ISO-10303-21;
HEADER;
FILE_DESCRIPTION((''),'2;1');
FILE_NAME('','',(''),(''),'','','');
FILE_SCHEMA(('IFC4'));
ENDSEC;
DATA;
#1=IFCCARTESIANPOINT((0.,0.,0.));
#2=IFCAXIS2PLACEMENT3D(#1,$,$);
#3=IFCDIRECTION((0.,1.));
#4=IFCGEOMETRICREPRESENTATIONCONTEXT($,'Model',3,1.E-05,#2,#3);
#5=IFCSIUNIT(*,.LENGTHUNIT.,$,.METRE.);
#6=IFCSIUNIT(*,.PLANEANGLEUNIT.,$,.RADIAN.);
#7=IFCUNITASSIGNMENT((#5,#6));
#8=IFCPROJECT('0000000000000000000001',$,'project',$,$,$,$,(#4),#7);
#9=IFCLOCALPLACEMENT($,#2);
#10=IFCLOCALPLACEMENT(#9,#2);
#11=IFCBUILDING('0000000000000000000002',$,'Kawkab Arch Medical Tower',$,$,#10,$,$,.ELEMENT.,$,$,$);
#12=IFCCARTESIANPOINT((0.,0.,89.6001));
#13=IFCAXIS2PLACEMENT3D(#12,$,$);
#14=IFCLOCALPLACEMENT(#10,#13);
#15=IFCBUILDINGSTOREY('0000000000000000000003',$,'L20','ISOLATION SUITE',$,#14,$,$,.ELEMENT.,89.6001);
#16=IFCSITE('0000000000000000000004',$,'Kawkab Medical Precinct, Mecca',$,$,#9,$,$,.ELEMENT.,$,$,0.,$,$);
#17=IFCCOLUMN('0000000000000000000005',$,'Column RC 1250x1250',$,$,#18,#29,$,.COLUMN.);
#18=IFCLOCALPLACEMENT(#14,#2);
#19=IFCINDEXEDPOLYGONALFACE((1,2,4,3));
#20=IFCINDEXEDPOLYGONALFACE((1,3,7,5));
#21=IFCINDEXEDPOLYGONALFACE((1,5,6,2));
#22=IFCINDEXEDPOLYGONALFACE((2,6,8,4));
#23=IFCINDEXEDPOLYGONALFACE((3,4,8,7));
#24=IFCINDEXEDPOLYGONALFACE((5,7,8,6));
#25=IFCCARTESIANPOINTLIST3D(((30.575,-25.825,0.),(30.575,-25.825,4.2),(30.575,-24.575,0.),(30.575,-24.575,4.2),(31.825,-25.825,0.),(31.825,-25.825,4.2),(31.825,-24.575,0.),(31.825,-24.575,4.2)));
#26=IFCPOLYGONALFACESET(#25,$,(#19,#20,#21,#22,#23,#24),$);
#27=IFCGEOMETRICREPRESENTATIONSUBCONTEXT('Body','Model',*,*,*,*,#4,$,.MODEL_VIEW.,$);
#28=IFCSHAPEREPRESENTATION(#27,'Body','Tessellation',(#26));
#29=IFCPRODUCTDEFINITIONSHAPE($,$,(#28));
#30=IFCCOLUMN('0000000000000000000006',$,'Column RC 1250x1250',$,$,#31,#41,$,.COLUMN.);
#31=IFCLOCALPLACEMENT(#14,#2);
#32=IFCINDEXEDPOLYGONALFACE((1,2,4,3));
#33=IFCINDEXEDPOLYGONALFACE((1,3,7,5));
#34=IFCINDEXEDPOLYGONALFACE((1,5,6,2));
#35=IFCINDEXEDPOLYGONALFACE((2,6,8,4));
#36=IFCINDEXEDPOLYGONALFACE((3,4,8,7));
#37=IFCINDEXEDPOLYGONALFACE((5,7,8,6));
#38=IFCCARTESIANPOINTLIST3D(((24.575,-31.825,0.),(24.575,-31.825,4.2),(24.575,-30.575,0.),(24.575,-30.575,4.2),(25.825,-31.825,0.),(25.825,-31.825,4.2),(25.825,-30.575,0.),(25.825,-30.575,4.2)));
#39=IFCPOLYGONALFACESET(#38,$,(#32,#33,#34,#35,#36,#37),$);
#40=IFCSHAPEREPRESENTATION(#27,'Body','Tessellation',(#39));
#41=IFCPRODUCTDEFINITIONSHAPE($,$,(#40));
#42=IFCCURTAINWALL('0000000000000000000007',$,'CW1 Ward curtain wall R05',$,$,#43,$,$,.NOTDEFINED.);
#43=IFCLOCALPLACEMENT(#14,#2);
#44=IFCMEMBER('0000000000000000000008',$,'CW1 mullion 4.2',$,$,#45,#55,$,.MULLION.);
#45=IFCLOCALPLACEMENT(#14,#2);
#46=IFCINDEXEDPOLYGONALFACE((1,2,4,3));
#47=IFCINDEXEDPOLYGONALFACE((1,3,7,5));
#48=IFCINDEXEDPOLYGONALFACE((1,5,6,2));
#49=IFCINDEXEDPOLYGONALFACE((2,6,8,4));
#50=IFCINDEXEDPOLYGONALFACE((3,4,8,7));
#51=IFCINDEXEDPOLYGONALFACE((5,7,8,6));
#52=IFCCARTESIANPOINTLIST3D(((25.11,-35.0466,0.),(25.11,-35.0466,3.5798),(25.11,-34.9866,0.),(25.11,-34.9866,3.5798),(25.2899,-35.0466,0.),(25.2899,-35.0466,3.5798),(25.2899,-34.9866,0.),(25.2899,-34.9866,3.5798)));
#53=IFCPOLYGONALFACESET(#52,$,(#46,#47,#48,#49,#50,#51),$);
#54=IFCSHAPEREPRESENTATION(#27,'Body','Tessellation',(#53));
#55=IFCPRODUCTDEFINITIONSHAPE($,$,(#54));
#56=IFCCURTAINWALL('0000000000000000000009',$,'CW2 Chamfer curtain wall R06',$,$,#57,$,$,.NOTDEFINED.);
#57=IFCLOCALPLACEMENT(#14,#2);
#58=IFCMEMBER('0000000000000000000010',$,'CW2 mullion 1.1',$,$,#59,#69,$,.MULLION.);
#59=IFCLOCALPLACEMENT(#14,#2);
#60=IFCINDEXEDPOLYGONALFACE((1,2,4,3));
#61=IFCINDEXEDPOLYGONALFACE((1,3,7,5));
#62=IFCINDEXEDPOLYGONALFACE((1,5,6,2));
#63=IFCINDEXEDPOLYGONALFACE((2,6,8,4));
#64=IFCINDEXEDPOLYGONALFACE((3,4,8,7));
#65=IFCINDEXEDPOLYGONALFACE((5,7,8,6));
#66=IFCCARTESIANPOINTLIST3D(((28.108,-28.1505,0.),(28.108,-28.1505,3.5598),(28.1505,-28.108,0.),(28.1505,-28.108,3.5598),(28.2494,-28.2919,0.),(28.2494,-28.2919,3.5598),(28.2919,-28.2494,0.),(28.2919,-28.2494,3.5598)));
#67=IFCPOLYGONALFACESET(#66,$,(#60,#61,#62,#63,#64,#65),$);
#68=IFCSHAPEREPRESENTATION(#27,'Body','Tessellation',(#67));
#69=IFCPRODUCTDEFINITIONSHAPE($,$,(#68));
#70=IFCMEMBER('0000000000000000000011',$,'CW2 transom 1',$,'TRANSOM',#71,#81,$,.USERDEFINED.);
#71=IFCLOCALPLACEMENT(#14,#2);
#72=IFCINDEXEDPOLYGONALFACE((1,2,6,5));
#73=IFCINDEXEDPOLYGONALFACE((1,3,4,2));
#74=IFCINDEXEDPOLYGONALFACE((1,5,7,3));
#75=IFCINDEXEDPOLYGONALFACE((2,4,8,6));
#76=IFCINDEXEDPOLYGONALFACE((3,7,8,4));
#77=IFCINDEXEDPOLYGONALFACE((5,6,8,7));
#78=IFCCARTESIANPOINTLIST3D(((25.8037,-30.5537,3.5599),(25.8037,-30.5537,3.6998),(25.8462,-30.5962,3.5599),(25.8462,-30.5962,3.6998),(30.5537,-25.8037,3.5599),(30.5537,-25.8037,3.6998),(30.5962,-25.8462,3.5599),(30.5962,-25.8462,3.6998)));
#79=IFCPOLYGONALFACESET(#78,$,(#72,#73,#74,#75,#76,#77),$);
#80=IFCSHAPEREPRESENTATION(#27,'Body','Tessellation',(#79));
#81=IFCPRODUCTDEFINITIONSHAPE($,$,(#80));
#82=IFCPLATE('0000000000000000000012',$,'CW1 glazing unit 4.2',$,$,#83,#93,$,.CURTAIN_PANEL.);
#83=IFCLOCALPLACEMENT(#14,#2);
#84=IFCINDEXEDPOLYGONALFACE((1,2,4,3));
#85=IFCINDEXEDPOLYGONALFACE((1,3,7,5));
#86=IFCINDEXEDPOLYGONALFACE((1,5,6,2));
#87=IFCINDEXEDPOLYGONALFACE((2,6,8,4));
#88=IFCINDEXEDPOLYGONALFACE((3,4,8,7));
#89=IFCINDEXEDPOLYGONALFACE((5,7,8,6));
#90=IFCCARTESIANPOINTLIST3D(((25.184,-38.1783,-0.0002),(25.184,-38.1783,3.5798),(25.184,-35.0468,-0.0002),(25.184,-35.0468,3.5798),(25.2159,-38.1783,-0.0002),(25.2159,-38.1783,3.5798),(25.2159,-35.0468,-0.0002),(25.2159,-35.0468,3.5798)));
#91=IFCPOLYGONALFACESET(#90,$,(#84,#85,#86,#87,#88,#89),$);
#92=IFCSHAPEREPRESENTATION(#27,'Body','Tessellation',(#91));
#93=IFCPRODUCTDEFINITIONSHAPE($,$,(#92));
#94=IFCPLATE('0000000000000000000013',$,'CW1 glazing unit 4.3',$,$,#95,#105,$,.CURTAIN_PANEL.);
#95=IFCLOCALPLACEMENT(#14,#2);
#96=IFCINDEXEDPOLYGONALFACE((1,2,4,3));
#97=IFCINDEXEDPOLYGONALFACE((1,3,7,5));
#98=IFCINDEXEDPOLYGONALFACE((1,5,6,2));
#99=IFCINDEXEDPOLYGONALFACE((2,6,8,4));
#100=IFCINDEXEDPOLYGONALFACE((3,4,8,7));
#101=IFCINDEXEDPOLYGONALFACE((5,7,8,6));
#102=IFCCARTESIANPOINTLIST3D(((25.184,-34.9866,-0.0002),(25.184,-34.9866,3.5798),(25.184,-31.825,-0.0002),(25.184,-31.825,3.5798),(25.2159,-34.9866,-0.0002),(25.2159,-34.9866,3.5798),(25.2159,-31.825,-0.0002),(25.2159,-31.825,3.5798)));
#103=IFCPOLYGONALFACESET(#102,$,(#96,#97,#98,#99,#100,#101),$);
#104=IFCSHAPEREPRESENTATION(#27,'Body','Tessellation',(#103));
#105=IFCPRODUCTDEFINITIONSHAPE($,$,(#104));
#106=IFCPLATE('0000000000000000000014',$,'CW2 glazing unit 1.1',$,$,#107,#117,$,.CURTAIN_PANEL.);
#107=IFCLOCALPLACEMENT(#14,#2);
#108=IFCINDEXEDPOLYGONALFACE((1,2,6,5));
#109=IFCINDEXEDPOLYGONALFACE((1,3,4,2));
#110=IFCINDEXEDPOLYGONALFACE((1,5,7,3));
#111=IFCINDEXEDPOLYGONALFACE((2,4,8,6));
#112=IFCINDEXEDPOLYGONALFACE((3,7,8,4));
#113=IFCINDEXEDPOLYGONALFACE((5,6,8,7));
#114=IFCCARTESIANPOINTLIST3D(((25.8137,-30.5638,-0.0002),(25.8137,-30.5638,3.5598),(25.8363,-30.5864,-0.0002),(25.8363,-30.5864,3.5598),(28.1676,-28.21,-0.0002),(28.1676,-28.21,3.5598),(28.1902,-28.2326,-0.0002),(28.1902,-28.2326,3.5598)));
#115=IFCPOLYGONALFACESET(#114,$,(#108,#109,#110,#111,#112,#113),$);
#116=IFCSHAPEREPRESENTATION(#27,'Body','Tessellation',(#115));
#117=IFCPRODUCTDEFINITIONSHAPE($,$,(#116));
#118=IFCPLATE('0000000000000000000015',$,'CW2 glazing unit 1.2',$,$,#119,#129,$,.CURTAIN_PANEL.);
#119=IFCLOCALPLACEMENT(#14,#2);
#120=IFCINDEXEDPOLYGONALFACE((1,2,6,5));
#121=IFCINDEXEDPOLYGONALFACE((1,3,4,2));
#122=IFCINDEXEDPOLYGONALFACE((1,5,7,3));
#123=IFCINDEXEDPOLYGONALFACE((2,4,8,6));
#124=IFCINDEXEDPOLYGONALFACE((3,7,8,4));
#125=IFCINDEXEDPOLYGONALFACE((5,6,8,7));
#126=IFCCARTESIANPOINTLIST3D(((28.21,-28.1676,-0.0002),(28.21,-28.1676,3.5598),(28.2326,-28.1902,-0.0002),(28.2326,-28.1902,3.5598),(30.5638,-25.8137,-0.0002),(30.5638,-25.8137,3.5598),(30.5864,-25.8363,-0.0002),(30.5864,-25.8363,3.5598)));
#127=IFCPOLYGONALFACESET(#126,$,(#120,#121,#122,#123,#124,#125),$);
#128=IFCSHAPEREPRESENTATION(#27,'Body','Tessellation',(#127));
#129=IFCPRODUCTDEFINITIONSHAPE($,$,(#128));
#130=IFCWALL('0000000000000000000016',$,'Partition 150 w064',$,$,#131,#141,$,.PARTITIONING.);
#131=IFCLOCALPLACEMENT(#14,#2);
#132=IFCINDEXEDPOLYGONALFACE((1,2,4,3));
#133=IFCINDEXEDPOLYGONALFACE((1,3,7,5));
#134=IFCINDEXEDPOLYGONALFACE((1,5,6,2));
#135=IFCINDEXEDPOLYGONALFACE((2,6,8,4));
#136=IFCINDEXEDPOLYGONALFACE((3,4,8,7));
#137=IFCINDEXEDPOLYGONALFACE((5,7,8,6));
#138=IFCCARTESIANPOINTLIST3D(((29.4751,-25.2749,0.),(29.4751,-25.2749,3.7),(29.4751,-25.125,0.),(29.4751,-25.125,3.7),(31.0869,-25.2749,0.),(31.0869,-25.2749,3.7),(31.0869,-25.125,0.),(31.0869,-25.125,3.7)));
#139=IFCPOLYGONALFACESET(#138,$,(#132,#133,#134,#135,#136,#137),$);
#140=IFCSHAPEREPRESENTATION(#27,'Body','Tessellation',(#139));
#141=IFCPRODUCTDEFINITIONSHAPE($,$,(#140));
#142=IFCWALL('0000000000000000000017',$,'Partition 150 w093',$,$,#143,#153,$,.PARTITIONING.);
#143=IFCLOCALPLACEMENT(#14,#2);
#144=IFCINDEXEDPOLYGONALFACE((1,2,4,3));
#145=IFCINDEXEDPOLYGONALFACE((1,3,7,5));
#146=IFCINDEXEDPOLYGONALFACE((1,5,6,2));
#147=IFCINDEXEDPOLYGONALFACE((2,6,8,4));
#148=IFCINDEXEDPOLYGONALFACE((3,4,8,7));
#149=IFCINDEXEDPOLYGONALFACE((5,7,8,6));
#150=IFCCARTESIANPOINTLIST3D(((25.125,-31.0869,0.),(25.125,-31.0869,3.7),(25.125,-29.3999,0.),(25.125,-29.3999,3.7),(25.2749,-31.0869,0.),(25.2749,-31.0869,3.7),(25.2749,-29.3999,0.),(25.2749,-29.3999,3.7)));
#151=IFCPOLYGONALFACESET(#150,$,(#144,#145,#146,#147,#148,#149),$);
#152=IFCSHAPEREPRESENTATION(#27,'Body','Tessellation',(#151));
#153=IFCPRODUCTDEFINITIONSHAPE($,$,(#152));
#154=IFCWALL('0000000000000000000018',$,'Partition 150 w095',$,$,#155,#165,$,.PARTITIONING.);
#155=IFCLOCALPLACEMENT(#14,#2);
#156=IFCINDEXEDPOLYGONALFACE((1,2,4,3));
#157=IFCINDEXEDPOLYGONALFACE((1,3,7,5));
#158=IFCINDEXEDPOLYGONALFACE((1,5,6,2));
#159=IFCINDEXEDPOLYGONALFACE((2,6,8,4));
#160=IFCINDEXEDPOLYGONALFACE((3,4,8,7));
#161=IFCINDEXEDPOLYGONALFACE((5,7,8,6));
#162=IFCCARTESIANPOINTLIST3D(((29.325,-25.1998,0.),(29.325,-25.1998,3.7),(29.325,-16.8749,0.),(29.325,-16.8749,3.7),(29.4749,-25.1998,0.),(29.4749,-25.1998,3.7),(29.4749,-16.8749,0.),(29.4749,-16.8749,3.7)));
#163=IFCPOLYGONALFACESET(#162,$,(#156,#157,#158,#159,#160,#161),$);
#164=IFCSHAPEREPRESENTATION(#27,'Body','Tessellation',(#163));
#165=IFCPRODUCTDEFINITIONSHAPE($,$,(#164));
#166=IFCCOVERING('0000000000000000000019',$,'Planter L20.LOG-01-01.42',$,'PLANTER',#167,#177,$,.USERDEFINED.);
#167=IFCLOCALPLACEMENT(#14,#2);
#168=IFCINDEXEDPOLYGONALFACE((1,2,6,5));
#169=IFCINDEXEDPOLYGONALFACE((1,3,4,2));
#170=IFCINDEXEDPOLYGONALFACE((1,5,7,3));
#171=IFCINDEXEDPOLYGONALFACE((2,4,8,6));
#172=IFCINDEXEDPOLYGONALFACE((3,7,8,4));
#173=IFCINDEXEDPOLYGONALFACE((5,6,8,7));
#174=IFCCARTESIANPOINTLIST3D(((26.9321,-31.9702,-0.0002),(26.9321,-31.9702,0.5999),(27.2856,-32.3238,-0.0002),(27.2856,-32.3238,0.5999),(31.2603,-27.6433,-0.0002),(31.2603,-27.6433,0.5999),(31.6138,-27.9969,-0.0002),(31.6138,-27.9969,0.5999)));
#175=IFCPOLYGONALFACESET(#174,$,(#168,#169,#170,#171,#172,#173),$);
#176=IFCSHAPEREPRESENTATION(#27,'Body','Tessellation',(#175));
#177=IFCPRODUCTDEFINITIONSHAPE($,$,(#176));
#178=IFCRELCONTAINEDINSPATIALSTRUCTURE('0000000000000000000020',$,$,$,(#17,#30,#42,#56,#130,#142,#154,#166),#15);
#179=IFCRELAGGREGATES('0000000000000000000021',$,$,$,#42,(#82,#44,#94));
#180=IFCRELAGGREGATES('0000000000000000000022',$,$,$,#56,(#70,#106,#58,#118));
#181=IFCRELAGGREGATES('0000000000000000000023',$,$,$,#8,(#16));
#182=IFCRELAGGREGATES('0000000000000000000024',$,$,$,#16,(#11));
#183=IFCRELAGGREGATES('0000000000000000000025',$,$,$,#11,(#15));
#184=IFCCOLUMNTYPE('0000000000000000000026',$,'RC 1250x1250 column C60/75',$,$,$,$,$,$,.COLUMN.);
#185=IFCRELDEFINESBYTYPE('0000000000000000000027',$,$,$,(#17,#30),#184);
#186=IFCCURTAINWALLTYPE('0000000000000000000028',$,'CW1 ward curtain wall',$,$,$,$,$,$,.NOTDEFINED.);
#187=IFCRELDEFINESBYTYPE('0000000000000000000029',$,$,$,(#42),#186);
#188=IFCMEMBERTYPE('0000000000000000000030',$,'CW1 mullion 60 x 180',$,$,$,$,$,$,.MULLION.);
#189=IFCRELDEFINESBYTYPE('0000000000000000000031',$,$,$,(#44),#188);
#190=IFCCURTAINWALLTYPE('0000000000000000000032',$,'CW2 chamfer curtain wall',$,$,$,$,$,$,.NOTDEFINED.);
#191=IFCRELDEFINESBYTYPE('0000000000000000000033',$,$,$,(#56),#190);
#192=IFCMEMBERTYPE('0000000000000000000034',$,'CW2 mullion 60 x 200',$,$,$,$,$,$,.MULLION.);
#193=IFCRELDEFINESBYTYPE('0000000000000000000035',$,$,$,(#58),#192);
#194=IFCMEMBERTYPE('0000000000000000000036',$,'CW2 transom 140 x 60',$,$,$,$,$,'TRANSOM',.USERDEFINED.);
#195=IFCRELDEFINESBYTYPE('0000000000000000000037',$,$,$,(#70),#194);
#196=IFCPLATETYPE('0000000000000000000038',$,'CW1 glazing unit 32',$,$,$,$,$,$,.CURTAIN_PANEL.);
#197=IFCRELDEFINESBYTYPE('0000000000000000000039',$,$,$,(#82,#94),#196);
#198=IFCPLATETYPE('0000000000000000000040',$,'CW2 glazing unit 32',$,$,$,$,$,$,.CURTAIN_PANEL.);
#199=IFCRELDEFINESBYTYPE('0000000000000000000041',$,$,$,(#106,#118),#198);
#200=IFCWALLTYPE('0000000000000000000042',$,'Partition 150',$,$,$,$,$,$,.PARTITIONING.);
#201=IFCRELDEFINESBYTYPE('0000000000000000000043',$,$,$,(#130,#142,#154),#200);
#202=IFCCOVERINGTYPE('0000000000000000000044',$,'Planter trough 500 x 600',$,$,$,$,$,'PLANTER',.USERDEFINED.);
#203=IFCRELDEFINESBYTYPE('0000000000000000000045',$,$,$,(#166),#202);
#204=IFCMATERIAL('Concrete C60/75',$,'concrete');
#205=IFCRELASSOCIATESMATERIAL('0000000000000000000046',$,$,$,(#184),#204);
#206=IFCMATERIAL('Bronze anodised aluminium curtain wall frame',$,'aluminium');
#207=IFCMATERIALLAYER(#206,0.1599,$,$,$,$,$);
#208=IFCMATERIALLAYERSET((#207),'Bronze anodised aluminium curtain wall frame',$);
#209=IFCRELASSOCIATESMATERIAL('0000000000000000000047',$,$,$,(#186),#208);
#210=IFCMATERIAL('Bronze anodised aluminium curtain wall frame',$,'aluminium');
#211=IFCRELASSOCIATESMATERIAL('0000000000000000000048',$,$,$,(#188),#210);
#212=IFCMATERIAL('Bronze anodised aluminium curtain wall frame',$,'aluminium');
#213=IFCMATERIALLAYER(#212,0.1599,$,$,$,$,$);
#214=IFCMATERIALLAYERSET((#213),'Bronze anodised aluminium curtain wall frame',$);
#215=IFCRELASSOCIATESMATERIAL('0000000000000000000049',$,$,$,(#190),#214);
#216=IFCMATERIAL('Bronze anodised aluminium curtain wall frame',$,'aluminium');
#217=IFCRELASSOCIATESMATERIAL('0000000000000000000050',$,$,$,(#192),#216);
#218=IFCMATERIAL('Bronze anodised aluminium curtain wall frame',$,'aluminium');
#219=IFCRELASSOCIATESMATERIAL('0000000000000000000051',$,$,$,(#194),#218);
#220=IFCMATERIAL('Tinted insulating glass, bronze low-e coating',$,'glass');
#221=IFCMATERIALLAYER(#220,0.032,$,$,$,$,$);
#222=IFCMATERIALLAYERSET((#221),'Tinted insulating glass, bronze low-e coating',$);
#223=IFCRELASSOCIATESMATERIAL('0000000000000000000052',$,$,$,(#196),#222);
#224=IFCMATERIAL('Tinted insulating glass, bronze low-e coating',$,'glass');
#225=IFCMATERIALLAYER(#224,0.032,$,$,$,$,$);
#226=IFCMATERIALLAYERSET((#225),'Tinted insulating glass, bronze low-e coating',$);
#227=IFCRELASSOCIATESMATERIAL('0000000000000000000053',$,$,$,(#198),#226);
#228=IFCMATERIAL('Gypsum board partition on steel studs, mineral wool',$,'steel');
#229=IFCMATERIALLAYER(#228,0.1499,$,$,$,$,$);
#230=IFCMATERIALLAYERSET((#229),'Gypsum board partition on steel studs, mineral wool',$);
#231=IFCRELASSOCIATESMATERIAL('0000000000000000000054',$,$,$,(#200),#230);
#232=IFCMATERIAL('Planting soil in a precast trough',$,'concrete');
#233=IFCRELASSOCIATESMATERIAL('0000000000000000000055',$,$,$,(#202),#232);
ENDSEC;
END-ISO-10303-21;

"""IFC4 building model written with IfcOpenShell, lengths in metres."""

from ifc_helpers import new_model, si_unit, direction, frame, frame_2d, origin, origin_2d, place, context, subcontext, project, spatial, rectangle, extrude, material, layer, layer_set, material_profile, profile_set, type_object, element, aggregate, save


model = new_model("IFC4")

# Units and contexts
model_context = context("Model", 3, precision=1e-05, world=origin(), true_north=direction((0.0, 1.0)))
body_context = subcontext(model_context, "Body", "Model", "MODEL_VIEW")
ifc_project = project(units=[si_unit("LENGTHUNIT", "METRE"), si_unit("PLANEANGLEUNIT", "RADIAN")], contexts=[model_context])

# Site, building, storey
site_placement = place(None, origin())
site = spatial("IfcSite", under=ifc_project, at=site_placement, Name="Kawkab Medical Precinct, Mecca", CompositionType="ELEMENT", RefElevation=0.0)
building_placement = place(site_placement, origin())
building = spatial("IfcBuilding", under=site, at=building_placement, Name="Kawkab Arch Medical Tower", CompositionType="ELEMENT")
storey_placement = place(building_placement, frame((0.0, 0.0, 89.6001)))
storey = spatial("IfcBuildingStorey", under=building, at=storey_placement, Name="L20", Description="ISOLATION SUITE", CompositionType="ELEMENT", Elevation=89.6001)

# Columns
ifc_material_1 = material(Name="Concrete C60/75", Category="concrete")
ifc_material_profile_1 = material_profile(ifc_material_1, rectangle(XDim=1.25, YDim=1.25, at=origin_2d()), Name="RC 1250x1250")
ifc_profile_set_1 = profile_set([ifc_material_profile_1], Name="Concrete C60/75")
column_type = type_object("IfcColumnType", Name="RC 1250x1250 column C60/75", PredefinedType="COLUMN", material=ifc_profile_set_1)
for number, where, z_axis, x_axis, name in (
    (1, (31.2, -25.2, 0.0), (0.0, 0.0, 1.0), (1.0, 0.0, 0.0), "Column RC 1250x1250"),
    (2, (25.2, -31.2, 0.0), (0.0, 0.0, 1.0), (1.0, 0.0, 0.0), "Column RC 1250x1250"),
):
    element("IfcColumn", number, at=place(storey_placement, frame(where, z_axis=z_axis, x_axis=x_axis)), inside=storey, type_object=column_type, Name=name, PredefinedType="COLUMN", context=body_context, shape_type="SweptSolid", body=[
        extrude(rectangle(XDim=1.25, YDim=1.25, at=origin_2d()), origin(), (0.0, 0.0, 1.0), 4.2),
    ])

# Curtain wall, member
ifc_material_2 = material(Name="Bronze anodised aluminium curtain wall frame", Category="aluminium")
ifc_layer_1 = layer(ifc_material_2, 0.1599)
ifc_layer_set_1 = layer_set([ifc_layer_1], Name="Bronze anodised aluminium curtain wall frame")
curtain_wall_type_1 = type_object("IfcCurtainWallType", Name="CW1 ward curtain wall", PredefinedType="NOTDEFINED", material=ifc_layer_set_1)
placement = place(storey_placement, origin())
curtain_wall_1 = element("IfcCurtainWall", 3, at=placement, inside=storey, type_object=curtain_wall_type_1, Name="CW1 Ward curtain wall R05", PredefinedType="NOTDEFINED")
ifc_material_3 = material(Name="Bronze anodised aluminium curtain wall frame", Category="aluminium")
ifc_material_profile_2 = material_profile(ifc_material_3, rectangle(XDim=0.1799, YDim=0.0601, at=origin_2d()), Name="AL 60x180")
ifc_profile_set_2 = profile_set([ifc_material_profile_2], Name="Bronze anodised aluminium curtain wall frame")
member_type_1 = type_object("IfcMemberType", Name="CW1 mullion 60 x 180", PredefinedType="MULLION", material=ifc_profile_set_2)
member_1_placement = place(storey_placement, frame((25.2, -35.0166, 0.0), z_axis=(0.0, 0.0, 1.0), x_axis=(-1.0, 0.0, 0.0)))
member_1 = element("IfcMember", 4, at=member_1_placement, type_object=member_type_1, Name="CW1 mullion 4.2", PredefinedType="MULLION", context=body_context, shape_type="SweptSolid", body=[
    extrude(rectangle(XDim=0.1799, YDim=0.0601, at=origin_2d()), origin(), (0.0, 0.0, 1.0), 3.5798),
])

# Curtain wall, members
ifc_material_4 = material(Name="Bronze anodised aluminium curtain wall frame", Category="aluminium")
ifc_layer_2 = layer(ifc_material_4, 0.1599)
ifc_layer_set_2 = layer_set([ifc_layer_2], Name="Bronze anodised aluminium curtain wall frame")
curtain_wall_type_2 = type_object("IfcCurtainWallType", Name="CW2 chamfer curtain wall", PredefinedType="NOTDEFINED", material=ifc_layer_set_2)
curtain_wall_2 = element("IfcCurtainWall", 5, at=placement, inside=storey, type_object=curtain_wall_type_2, Name="CW2 Chamfer curtain wall R06", PredefinedType="NOTDEFINED")
ifc_material_5 = material(Name="Bronze anodised aluminium curtain wall frame", Category="aluminium")
ifc_material_profile_3 = material_profile(ifc_material_5, rectangle(XDim=0.2, YDim=0.0601, at=origin_2d()), Name="AL 60x200")
ifc_profile_set_3 = profile_set([ifc_material_profile_3], Name="Bronze anodised aluminium curtain wall frame")
member_type_2 = type_object("IfcMemberType", Name="CW2 mullion 60 x 200", PredefinedType="MULLION", material=ifc_profile_set_3)
member_2_placement = place(storey_placement, frame((28.2, -28.2, 0.0), z_axis=(0.0, 0.0, 1.0), x_axis=(-0.707107, 0.707107, 0.0)))
member_2 = element("IfcMember", 6, at=member_2_placement, type_object=member_type_2, Name="CW2 mullion 1.1", PredefinedType="MULLION", context=body_context, shape_type="SweptSolid", body=[
    extrude(rectangle(XDim=0.2, YDim=0.0601, at=origin_2d()), origin(), (0.0, 0.0, 1.0), 3.5598),
])
ifc_material_6 = material(Name="Bronze anodised aluminium curtain wall frame", Category="aluminium")
ifc_material_profile_4 = material_profile(ifc_material_6, rectangle(XDim=0.0601, YDim=0.1399, at=origin_2d()), Name="AL 60x140")
ifc_profile_set_4 = profile_set([ifc_material_profile_4], Name="Bronze anodised aluminium curtain wall frame")
member_type_3 = type_object("IfcMemberType", Name="CW2 transom 140 x 60", ElementType="TRANSOM", PredefinedType="USERDEFINED", material=ifc_profile_set_4)
member_3_placement = place(storey_placement, frame((25.825, -30.575, 3.6299), z_axis=(0.707107, 0.707107, 0.0), x_axis=(-0.707107, 0.707107, 0.0)))
member_3 = element("IfcMember", 7, at=member_3_placement, type_object=member_type_3, Name="CW2 transom 1", ObjectType="TRANSOM", PredefinedType="USERDEFINED", context=body_context, shape_type="SweptSolid", body=[
    extrude(rectangle(XDim=0.0601, YDim=0.1399, at=origin_2d()), origin(), (0.0, 0.0, 1.0), 6.7175),
])

# Plates
ifc_material_7 = material(Name="Tinted insulating glass, bronze low-e coating", Category="glass")
ifc_layer_3 = layer(ifc_material_7, 0.032)
ifc_layer_set_3 = layer_set([ifc_layer_3], Name="Tinted insulating glass, bronze low-e coating")
plate_type_1 = type_object("IfcPlateType", Name="CW1 glazing unit 32", PredefinedType="CURTAIN_PANEL", material=ifc_layer_set_3)
plate_1_placement = place(storey_placement, frame((25.2, -36.6125, -0.0002), z_axis=(0.0, 0.0, 1.0), x_axis=(0.0, 1.0, 0.0)))
plate_1 = element("IfcPlate", 8, at=plate_1_placement, type_object=plate_type_1, Name="CW1 glazing unit 4.2", PredefinedType="CURTAIN_PANEL", context=body_context, shape_type="SweptSolid", body=[
    extrude(rectangle(XDim=3.1316, YDim=0.032, at=origin_2d()), origin(), (0.0, 0.0, 1.0), 3.5801),
])
plate_2_placement = place(storey_placement, frame((25.2, -33.4058, -0.0002), z_axis=(0.0, 0.0, 1.0), x_axis=(0.0, 1.0, 0.0)))
plate_2 = element("IfcPlate", 9, at=plate_2_placement, type_object=plate_type_1, Name="CW1 glazing unit 4.3", PredefinedType="CURTAIN_PANEL", context=body_context, shape_type="SweptSolid", body=[
    extrude(rectangle(XDim=3.1616, YDim=0.032, at=origin_2d()), origin(), (0.0, 0.0, 1.0), 3.5801),
])
aggregate(curtain_wall_1, [plate_1, member_1, plate_2])
ifc_material_8 = material(Name="Tinted insulating glass, bronze low-e coating", Category="glass")
ifc_layer_4 = layer(ifc_material_8, 0.032)
ifc_layer_set_4 = layer_set([ifc_layer_4], Name="Tinted insulating glass, bronze low-e coating")
plate_type_2 = type_object("IfcPlateType", Name="CW2 glazing unit 32", PredefinedType="CURTAIN_PANEL", material=ifc_layer_set_4)
plate_3_placement = place(storey_placement, frame((27.002, -29.3982, -0.0002), z_axis=(0.0, 0.0, 1.0), x_axis=(0.707107, 0.707107, 0.0)))
plate_3 = element("IfcPlate", 10, at=plate_3_placement, type_object=plate_type_2, Name="CW2 glazing unit 1.1", PredefinedType="CURTAIN_PANEL", context=body_context, shape_type="SweptSolid", body=[
    extrude(rectangle(XDim=3.3289, YDim=0.032, at=origin_2d()), origin(), (0.0, 0.0, 1.0), 3.5601),
])
plate_4_placement = place(storey_placement, frame((29.3982, -27.002, -0.0002), z_axis=(0.0, 0.0, 1.0), x_axis=(0.707107, 0.707107, 0.0)))
plate_4 = element("IfcPlate", 11, at=plate_4_placement, type_object=plate_type_2, Name="CW2 glazing unit 1.2", PredefinedType="CURTAIN_PANEL", context=body_context, shape_type="SweptSolid", body=[
    extrude(rectangle(XDim=3.3289, YDim=0.032, at=origin_2d()), origin(), (0.0, 0.0, 1.0), 3.5601),
])
aggregate(curtain_wall_2, [member_3, plate_3, member_2, plate_4])

# Walls
ifc_material_9 = material(Name="Gypsum board partition on steel studs, mineral wool", Category="steel")
ifc_layer_5 = layer(ifc_material_9, 0.1499)
ifc_layer_set_5 = layer_set([ifc_layer_5], Name="Gypsum board partition on steel studs, mineral wool")
wall_type = type_object("IfcWallType", Name="Partition 150", PredefinedType="PARTITIONING", material=ifc_layer_set_5)
wall_1_placement = place(storey_placement, frame((29.4751, -25.2, 0.0), z_axis=(0.0, 0.0, 1.0), x_axis=(1.0, 0.0, 0.0)))
element("IfcWall", 12, at=wall_1_placement, inside=storey, type_object=wall_type, Name="Partition 150 w064", PredefinedType="PARTITIONING", context=body_context, shape_type="SweptSolid", body=[
    extrude(rectangle(XDim=1.6118, YDim=0.1499, at=frame_2d((0.8059, 0.0))), origin(), (0.0, 0.0, 1.0), 3.7),
])
wall_2_placement = place(storey_placement, frame((25.2, -31.0869, 0.0), z_axis=(0.0, 0.0, 1.0), x_axis=(0.0, 1.0, 0.0)))
element("IfcWall", 13, at=wall_2_placement, inside=storey, type_object=wall_type, Name="Partition 150 w093", PredefinedType="PARTITIONING", context=body_context, shape_type="SweptSolid", body=[
    extrude(rectangle(XDim=1.687, YDim=0.1499, at=frame_2d((0.8435, 0.0))), origin(), (0.0, 0.0, 1.0), 3.7),
])
wall_3_placement = place(storey_placement, frame((29.3999, -25.2, 0.0), z_axis=(0.0, 0.0, 1.0), x_axis=(0.0, 1.0, 0.0)))
element("IfcWall", 14, at=wall_3_placement, inside=storey, type_object=wall_type, Name="Partition 150 w095", PredefinedType="PARTITIONING", context=body_context, shape_type="SweptSolid", body=[
    extrude(rectangle(XDim=8.325, YDim=0.1499, at=frame_2d((4.1626, 0.0))), origin(), (0.0, 0.0, 1.0), 3.7),
])

# Covering
ifc_material_10 = material(Name="Planting soil in a precast trough", Category="concrete")
ifc_material_profile_5 = material_profile(ifc_material_10, rectangle(XDim=0.5, YDim=0.6001, at=origin_2d()), Name="Trough 500x600")
ifc_profile_set_5 = profile_set([ifc_material_profile_5], Name="Planting soil in a precast trough")
covering_type = type_object("IfcCoveringType", Name="Planter trough 500 x 600", ElementType="PLANTER", PredefinedType="USERDEFINED", material=ifc_profile_set_5)
covering_1_placement = place(storey_placement, frame((31.437, -27.8201, 0.2998), z_axis=(-0.707207, -0.707007, 0.0), x_axis=(0.707007, -0.707207, 0.0)))
element("IfcCovering", 15, at=covering_1_placement, inside=storey, type_object=covering_type, Name="Planter L20.LOG-01-01.42", ObjectType="PLANTER", PredefinedType="USERDEFINED", context=body_context, shape_type="SweptSolid", body=[
    extrude(rectangle(XDim=0.5, YDim=0.6001, at=origin_2d()), origin(), (0.0, 0.0, 1.0), 6.1201),
])

save(model, "model.ifc")
